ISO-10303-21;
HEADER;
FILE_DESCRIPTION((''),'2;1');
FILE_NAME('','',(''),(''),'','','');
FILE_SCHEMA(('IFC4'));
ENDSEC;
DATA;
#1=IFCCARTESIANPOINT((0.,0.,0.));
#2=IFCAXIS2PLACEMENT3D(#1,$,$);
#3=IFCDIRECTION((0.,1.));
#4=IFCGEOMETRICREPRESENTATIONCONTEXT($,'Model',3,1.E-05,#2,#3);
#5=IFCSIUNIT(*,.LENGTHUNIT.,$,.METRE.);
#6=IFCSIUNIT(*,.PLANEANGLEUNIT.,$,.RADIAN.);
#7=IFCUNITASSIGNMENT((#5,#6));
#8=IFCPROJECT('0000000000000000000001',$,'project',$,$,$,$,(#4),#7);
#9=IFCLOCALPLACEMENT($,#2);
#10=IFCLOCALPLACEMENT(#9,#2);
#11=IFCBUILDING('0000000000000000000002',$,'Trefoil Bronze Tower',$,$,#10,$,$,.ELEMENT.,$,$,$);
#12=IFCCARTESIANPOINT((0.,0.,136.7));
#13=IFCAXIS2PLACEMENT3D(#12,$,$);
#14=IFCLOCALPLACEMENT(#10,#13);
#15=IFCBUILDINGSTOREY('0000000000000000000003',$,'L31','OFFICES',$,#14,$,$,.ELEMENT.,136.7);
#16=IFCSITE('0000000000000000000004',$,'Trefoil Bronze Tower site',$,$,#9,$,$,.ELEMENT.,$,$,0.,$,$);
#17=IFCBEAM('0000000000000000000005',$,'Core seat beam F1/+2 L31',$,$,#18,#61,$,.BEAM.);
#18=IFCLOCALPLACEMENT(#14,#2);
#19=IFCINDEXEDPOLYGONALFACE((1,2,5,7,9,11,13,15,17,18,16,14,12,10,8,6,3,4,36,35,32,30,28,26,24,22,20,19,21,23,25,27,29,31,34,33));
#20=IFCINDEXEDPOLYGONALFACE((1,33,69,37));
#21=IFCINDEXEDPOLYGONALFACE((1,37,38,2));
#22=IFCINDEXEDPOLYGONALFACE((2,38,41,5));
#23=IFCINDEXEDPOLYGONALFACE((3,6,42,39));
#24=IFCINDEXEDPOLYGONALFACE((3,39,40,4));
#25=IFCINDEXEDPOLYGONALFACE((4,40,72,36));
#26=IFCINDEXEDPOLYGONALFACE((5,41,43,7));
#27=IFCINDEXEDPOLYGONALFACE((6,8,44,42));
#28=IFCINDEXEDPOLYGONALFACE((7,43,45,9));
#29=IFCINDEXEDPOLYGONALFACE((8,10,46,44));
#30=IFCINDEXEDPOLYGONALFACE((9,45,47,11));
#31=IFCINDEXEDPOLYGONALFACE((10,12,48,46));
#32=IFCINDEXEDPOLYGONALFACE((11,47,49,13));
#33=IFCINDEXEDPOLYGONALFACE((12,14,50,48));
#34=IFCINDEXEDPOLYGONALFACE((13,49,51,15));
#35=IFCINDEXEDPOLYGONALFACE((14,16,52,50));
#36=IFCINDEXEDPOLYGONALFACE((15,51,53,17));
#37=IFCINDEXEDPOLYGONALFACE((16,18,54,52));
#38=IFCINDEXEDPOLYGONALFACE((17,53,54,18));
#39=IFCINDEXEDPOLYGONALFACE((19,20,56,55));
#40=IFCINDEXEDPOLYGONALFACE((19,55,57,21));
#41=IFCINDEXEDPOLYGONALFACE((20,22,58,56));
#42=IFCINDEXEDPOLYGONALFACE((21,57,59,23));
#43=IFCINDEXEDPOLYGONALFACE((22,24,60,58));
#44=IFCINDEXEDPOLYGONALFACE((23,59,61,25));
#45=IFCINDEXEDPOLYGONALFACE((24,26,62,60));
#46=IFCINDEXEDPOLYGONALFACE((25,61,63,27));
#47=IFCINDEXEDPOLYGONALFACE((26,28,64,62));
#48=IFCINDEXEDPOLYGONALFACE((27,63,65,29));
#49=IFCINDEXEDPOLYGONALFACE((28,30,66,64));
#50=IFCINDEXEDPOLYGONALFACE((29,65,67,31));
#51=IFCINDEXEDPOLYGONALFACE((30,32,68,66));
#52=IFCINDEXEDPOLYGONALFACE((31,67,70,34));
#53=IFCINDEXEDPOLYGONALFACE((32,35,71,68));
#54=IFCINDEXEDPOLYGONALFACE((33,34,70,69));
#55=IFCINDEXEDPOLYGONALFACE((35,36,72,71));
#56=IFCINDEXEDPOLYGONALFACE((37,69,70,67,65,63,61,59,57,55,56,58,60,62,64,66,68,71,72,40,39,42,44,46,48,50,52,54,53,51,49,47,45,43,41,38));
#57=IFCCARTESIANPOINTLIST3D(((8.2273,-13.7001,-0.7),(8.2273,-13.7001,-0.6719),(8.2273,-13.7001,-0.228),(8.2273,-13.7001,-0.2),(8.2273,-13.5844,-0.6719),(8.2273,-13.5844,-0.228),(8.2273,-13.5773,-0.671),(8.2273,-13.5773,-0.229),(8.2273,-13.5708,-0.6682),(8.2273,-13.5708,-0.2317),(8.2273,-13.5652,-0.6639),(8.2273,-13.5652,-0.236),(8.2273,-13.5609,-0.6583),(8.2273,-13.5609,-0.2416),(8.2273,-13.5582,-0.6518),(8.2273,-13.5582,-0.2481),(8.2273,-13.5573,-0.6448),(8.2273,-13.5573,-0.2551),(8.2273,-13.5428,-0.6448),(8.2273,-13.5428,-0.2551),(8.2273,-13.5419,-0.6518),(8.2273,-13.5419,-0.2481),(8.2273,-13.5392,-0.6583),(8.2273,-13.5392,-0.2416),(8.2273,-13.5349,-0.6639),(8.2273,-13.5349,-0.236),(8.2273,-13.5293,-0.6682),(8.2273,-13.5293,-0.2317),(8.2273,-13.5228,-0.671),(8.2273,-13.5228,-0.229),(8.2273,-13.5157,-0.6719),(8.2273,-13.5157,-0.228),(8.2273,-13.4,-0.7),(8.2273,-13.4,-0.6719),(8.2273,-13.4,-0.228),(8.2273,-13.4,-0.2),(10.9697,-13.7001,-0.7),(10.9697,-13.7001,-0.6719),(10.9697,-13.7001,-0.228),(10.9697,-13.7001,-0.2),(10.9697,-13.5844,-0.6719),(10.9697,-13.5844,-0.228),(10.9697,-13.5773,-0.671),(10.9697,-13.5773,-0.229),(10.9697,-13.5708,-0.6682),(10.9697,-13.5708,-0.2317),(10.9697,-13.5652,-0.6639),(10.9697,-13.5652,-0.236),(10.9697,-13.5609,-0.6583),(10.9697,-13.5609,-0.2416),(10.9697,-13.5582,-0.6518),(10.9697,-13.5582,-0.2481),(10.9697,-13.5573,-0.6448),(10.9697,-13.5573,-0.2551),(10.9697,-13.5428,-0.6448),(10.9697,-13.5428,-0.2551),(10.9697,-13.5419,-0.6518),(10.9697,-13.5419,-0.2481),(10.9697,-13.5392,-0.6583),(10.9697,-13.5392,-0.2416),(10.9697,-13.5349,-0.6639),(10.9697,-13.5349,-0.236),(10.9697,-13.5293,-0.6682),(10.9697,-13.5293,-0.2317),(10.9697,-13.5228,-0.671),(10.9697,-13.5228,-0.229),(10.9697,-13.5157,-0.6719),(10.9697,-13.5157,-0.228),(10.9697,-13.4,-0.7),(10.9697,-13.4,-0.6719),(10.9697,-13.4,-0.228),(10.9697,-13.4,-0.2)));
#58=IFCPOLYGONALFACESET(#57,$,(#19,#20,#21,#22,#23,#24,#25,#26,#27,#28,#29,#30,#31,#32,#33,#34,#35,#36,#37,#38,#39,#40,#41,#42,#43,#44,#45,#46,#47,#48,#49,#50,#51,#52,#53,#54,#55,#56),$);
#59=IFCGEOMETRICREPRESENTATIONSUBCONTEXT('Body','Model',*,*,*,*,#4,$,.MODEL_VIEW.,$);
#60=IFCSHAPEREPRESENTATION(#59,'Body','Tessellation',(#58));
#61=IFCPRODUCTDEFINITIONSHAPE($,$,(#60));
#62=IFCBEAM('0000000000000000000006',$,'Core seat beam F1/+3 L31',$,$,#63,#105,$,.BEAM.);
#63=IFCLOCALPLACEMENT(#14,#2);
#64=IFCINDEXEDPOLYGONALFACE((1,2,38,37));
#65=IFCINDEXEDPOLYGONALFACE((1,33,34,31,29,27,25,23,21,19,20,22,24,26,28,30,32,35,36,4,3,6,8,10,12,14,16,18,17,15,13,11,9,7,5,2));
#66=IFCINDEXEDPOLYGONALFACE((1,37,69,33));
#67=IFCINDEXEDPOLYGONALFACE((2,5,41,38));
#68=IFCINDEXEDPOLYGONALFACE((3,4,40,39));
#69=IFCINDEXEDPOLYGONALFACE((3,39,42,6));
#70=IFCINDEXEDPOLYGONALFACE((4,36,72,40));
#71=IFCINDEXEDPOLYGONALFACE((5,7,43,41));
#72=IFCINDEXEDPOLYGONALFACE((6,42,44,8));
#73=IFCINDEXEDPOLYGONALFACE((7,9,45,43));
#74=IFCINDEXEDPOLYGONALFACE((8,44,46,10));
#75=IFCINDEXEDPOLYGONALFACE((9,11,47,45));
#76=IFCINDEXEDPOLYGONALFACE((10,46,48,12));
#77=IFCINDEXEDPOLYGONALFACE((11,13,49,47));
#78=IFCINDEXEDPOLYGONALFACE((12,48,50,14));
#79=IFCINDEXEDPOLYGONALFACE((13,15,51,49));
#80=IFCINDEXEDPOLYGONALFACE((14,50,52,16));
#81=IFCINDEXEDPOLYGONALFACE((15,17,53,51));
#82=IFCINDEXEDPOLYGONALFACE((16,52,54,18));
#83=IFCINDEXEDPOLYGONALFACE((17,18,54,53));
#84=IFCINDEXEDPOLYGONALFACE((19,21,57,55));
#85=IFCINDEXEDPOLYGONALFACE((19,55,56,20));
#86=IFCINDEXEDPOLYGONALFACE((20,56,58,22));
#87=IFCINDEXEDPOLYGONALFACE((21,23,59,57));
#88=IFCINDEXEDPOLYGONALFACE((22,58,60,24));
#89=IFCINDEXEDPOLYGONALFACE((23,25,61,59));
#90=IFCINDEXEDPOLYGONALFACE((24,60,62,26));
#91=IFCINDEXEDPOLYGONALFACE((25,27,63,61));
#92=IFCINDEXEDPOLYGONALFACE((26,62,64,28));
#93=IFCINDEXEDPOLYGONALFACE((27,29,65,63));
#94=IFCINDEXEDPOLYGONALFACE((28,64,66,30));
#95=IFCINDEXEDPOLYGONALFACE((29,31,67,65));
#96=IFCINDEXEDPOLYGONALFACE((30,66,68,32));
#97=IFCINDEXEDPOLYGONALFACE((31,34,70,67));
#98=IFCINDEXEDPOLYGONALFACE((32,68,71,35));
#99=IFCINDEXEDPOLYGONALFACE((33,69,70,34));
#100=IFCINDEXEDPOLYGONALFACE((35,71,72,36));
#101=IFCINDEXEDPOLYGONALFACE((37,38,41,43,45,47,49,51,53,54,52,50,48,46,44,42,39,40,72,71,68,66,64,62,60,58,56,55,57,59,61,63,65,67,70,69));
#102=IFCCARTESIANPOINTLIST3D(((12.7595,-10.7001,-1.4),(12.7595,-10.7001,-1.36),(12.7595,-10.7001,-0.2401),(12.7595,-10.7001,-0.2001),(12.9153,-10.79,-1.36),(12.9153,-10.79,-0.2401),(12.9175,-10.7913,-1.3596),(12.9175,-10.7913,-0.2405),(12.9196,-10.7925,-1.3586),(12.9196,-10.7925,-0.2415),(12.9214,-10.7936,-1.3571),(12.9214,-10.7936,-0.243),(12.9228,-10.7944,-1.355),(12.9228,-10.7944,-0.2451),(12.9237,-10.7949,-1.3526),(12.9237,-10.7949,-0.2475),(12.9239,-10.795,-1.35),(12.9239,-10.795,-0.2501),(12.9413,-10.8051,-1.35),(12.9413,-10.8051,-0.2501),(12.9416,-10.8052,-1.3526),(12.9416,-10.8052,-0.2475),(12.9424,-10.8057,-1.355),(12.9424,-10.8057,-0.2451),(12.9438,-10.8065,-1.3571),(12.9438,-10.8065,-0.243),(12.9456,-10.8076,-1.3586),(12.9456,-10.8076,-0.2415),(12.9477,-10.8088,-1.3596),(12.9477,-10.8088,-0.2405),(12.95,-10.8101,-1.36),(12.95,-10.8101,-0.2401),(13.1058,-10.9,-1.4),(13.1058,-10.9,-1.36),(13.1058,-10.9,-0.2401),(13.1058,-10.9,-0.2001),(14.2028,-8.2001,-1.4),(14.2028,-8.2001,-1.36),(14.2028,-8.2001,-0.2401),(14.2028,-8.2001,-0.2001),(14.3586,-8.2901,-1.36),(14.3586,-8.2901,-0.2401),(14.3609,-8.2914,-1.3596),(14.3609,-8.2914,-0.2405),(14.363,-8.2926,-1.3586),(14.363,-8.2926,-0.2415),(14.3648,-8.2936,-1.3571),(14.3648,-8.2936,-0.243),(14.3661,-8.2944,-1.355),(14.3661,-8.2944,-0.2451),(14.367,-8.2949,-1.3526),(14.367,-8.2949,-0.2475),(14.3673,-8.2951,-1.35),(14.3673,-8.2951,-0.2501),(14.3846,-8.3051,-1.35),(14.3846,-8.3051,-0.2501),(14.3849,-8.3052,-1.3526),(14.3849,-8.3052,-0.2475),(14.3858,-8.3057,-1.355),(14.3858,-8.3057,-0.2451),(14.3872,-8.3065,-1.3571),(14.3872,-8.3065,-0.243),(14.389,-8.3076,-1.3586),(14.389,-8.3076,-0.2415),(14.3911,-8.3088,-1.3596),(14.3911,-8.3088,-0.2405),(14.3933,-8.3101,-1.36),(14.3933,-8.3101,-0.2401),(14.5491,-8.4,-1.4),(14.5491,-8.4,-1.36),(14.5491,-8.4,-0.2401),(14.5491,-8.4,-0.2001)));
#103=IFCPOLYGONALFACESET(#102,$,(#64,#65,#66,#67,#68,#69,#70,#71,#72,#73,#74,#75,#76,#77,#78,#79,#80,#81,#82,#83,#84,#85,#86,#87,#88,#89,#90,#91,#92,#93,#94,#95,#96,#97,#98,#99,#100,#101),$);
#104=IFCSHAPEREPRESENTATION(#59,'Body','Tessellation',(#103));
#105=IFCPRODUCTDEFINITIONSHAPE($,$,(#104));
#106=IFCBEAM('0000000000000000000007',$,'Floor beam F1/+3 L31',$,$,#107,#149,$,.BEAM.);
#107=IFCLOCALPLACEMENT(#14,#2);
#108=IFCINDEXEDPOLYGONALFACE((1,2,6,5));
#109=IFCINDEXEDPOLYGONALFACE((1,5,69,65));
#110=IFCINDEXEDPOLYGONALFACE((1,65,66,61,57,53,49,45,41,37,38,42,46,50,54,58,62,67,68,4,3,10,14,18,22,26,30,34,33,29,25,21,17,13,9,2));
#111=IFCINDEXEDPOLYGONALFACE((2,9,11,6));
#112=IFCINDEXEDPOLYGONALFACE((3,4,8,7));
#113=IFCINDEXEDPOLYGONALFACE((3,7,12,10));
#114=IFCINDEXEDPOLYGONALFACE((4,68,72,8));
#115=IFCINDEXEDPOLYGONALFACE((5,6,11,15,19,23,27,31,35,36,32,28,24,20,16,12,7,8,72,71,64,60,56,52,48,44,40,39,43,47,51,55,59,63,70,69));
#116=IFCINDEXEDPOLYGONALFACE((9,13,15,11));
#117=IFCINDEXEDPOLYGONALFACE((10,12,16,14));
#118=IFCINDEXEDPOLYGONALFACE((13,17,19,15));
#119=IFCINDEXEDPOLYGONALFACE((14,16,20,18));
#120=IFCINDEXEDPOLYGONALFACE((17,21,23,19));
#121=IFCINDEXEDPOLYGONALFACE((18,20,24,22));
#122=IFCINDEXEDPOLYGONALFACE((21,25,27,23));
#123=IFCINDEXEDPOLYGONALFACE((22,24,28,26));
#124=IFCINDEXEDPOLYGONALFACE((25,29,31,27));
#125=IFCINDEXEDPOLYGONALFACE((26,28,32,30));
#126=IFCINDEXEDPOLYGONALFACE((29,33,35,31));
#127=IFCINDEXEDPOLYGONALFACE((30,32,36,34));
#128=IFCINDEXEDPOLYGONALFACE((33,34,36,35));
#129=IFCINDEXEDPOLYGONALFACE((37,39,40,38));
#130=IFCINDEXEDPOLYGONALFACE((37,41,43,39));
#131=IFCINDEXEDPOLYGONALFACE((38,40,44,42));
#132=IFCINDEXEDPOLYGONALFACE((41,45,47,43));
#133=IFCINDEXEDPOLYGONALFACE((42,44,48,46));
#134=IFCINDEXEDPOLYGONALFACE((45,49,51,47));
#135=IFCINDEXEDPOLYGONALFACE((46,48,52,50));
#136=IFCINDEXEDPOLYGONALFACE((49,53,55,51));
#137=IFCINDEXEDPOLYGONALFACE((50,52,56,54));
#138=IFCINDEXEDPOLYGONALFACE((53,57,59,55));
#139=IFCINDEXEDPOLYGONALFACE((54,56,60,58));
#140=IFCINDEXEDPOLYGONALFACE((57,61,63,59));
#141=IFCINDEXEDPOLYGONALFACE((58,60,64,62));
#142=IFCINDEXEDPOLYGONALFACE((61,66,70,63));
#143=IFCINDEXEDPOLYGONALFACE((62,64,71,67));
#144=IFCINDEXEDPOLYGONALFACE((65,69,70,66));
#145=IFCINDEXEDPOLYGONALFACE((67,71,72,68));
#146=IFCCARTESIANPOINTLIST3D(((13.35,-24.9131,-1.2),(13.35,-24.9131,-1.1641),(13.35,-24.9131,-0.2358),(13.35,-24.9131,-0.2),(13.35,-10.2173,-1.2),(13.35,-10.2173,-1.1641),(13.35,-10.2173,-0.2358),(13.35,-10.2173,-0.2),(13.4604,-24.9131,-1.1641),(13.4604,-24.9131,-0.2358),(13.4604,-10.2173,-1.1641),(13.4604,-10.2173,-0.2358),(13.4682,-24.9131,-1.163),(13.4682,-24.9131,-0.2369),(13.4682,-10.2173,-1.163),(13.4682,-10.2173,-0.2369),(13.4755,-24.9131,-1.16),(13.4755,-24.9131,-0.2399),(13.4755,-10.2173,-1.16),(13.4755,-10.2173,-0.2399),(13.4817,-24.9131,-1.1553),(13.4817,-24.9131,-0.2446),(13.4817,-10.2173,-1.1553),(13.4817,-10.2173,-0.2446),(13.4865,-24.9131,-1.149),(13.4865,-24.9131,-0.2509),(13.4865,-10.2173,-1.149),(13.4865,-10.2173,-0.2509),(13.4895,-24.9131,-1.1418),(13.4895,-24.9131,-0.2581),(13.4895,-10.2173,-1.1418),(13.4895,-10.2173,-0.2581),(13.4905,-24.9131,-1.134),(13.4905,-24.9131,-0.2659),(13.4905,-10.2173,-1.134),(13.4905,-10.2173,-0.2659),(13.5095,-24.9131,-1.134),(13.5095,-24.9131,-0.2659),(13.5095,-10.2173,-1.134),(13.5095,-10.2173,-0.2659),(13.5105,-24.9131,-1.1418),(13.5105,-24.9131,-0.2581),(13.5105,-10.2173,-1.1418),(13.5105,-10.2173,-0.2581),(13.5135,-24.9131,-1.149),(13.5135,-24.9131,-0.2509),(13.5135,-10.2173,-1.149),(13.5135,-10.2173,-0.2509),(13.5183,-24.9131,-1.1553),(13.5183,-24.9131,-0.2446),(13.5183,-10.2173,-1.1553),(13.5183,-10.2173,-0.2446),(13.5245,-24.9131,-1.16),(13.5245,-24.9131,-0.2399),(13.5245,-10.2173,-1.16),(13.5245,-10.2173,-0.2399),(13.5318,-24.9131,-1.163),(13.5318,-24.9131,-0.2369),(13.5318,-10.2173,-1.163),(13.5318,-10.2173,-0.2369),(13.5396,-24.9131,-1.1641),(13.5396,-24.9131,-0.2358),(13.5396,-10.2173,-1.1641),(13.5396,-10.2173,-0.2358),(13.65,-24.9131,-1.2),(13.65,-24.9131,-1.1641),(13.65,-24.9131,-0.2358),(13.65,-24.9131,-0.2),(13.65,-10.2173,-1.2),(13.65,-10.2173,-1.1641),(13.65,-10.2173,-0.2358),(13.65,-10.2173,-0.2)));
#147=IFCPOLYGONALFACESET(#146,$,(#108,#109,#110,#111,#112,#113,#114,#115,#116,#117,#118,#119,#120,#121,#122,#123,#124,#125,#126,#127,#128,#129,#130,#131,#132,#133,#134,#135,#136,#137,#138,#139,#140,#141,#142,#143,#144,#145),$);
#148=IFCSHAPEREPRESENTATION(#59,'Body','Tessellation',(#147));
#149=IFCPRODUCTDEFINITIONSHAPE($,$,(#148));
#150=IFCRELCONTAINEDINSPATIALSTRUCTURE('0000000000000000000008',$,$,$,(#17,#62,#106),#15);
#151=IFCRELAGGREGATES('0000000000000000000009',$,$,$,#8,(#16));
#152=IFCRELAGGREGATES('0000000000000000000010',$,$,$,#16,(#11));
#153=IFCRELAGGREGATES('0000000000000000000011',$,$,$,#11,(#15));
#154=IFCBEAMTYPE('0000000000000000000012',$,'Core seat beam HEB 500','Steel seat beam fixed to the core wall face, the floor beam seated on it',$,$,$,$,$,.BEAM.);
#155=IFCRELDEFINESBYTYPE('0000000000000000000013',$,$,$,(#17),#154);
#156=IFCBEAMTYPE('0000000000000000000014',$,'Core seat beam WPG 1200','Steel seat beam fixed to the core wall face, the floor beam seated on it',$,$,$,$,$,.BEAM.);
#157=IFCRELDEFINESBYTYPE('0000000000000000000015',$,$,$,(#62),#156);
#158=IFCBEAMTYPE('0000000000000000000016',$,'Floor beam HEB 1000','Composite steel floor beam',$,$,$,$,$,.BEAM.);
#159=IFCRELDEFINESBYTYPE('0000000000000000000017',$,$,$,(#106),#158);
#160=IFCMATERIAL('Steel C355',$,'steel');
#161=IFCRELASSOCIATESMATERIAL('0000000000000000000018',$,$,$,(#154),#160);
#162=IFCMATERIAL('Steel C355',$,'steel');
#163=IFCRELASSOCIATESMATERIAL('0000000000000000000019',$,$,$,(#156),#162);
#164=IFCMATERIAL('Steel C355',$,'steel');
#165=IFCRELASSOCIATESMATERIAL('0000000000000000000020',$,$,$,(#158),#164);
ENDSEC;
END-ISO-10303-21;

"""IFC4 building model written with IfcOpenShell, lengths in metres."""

from ifc_helpers import new_model, si_unit, direction, frame, origin, origin_2d, place, context, subcontext, project, spatial, i_section, extrude, material, material_profile, profile_set, type_object, element, save


model = new_model("IFC4")

# Units and contexts
model_context = context("Model", 3, precision=1e-05, world=origin(), true_north=direction((0.0, 1.0)))
body_context = subcontext(model_context, "Body", "Model", "MODEL_VIEW")
ifc_project = project(units=[si_unit("LENGTHUNIT", "METRE"), si_unit("PLANEANGLEUNIT", "RADIAN")], contexts=[model_context])

# Site, building, storey
site_placement = place(None, origin())
site = spatial("IfcSite", under=ifc_project, at=site_placement, Name="Trefoil Bronze Tower site", CompositionType="ELEMENT", RefElevation=0.0)
building_placement = place(site_placement, origin())
building = spatial("IfcBuilding", under=site, at=building_placement, Name="Trefoil Bronze Tower", CompositionType="ELEMENT")
storey_placement = place(building_placement, frame((0.0, 0.0, 136.7)))
storey = spatial("IfcBuildingStorey", under=building, at=storey_placement, Name="L31", Description="OFFICES", CompositionType="ELEMENT", Elevation=136.7)

# Beams
ifc_material_1 = material(Name="Steel C355", Category="steel")
ifc_material_profile_1 = material_profile(ifc_material_1, i_section(OverallWidth=0.3, OverallDepth=0.5, WebThickness=0.0144, FlangeThickness=0.0281, FilletRadius=0.0271, at=origin_2d()), Name="HEB 500")
ifc_profile_set_1 = profile_set([ifc_material_profile_1], Name="Steel C355")
beam_type_1 = type_object("IfcBeamType", Name="Core seat beam HEB 500", Description="Steel seat beam fixed to the core wall face, the floor beam seated on it", PredefinedType="BEAM", material=ifc_profile_set_1)
for number, where, z_axis, x_axis, name in (
    (1, (8.2273, -13.55, -0.45), (1.0, 0.0, 0.0), (0.0, 1.0, 0.0), "Core seat beam F1/+2 L31"),
):
    element("IfcBeam", number, at=place(storey_placement, frame(where, z_axis=z_axis, x_axis=x_axis)), inside=storey, type_object=beam_type_1, Name=name, PredefinedType="BEAM", context=body_context, shape_type="SweptSolid", body=[
        extrude(i_section(OverallWidth=0.3, OverallDepth=0.5, WebThickness=0.0144, FlangeThickness=0.0281, FilletRadius=0.0271, at=origin_2d()), origin(), (0.0, 0.0, 1.0), 2.7424),
    ])
ifc_material_2 = material(Name="Steel C355", Category="steel")
ifc_material_profile_2 = material_profile(ifc_material_2, i_section(OverallWidth=0.3999, OverallDepth=1.2, WebThickness=0.02, FlangeThickness=0.04, FilletRadius=0.01, at=origin_2d()), Name="WPG 1200")
ifc_profile_set_2 = profile_set([ifc_material_profile_2], Name="Steel C355")
beam_type_2 = type_object("IfcBeamType", Name="Core seat beam WPG 1200", Description="Steel seat beam fixed to the core wall face, the floor beam seated on it", PredefinedType="BEAM", material=ifc_profile_set_2)
beam_1_placement = place(storey_placement, frame((12.9326, -10.8, -0.8), z_axis=(0.499996, 0.866028, 0.0), x_axis=(-0.866028, 0.499996, 0.0)))
element("IfcBeam", 2, at=beam_1_placement, inside=storey, type_object=beam_type_2, Name="Core seat beam F1/+3 L31", PredefinedType="BEAM", context=body_context, shape_type="SweptSolid", body=[
    extrude(i_section(OverallWidth=0.3999, OverallDepth=1.2, WebThickness=0.02, FlangeThickness=0.04, FilletRadius=0.01, at=origin_2d()), origin(), (0.0, 0.0, 1.0), 2.8867),
])
ifc_material_3 = material(Name="Steel C355", Category="steel")
ifc_material_profile_3 = material_profile(ifc_material_3, i_section(OverallWidth=0.3, OverallDepth=1.0, WebThickness=0.019, FlangeThickness=0.0359, FilletRadius=0.03, at=origin_2d()), Name="HEB 1000")
ifc_profile_set_3 = profile_set([ifc_material_profile_3], Name="Steel C355")
beam_type_3 = type_object("IfcBeamType", Name="Floor beam HEB 1000", Description="Composite steel floor beam", PredefinedType="BEAM", material=ifc_profile_set_3)
beam_2_placement = place(storey_placement, frame((13.5, -24.9131, -0.7), z_axis=(0.0, 1.0, 0.0), x_axis=(-1.0, 0.0, 0.0)))
element("IfcBeam", 3, at=beam_2_placement, inside=storey, type_object=beam_type_3, Name="Floor beam F1/+3 L31", PredefinedType="BEAM", context=body_context, shape_type="SweptSolid", body=[
    extrude(i_section(OverallWidth=0.3, OverallDepth=1.0, WebThickness=0.019, FlangeThickness=0.0359, FilletRadius=0.03, at=origin_2d()), origin(), (0.0, 0.0, 1.0), 14.6958),
])

save(model, "model.ifc")
